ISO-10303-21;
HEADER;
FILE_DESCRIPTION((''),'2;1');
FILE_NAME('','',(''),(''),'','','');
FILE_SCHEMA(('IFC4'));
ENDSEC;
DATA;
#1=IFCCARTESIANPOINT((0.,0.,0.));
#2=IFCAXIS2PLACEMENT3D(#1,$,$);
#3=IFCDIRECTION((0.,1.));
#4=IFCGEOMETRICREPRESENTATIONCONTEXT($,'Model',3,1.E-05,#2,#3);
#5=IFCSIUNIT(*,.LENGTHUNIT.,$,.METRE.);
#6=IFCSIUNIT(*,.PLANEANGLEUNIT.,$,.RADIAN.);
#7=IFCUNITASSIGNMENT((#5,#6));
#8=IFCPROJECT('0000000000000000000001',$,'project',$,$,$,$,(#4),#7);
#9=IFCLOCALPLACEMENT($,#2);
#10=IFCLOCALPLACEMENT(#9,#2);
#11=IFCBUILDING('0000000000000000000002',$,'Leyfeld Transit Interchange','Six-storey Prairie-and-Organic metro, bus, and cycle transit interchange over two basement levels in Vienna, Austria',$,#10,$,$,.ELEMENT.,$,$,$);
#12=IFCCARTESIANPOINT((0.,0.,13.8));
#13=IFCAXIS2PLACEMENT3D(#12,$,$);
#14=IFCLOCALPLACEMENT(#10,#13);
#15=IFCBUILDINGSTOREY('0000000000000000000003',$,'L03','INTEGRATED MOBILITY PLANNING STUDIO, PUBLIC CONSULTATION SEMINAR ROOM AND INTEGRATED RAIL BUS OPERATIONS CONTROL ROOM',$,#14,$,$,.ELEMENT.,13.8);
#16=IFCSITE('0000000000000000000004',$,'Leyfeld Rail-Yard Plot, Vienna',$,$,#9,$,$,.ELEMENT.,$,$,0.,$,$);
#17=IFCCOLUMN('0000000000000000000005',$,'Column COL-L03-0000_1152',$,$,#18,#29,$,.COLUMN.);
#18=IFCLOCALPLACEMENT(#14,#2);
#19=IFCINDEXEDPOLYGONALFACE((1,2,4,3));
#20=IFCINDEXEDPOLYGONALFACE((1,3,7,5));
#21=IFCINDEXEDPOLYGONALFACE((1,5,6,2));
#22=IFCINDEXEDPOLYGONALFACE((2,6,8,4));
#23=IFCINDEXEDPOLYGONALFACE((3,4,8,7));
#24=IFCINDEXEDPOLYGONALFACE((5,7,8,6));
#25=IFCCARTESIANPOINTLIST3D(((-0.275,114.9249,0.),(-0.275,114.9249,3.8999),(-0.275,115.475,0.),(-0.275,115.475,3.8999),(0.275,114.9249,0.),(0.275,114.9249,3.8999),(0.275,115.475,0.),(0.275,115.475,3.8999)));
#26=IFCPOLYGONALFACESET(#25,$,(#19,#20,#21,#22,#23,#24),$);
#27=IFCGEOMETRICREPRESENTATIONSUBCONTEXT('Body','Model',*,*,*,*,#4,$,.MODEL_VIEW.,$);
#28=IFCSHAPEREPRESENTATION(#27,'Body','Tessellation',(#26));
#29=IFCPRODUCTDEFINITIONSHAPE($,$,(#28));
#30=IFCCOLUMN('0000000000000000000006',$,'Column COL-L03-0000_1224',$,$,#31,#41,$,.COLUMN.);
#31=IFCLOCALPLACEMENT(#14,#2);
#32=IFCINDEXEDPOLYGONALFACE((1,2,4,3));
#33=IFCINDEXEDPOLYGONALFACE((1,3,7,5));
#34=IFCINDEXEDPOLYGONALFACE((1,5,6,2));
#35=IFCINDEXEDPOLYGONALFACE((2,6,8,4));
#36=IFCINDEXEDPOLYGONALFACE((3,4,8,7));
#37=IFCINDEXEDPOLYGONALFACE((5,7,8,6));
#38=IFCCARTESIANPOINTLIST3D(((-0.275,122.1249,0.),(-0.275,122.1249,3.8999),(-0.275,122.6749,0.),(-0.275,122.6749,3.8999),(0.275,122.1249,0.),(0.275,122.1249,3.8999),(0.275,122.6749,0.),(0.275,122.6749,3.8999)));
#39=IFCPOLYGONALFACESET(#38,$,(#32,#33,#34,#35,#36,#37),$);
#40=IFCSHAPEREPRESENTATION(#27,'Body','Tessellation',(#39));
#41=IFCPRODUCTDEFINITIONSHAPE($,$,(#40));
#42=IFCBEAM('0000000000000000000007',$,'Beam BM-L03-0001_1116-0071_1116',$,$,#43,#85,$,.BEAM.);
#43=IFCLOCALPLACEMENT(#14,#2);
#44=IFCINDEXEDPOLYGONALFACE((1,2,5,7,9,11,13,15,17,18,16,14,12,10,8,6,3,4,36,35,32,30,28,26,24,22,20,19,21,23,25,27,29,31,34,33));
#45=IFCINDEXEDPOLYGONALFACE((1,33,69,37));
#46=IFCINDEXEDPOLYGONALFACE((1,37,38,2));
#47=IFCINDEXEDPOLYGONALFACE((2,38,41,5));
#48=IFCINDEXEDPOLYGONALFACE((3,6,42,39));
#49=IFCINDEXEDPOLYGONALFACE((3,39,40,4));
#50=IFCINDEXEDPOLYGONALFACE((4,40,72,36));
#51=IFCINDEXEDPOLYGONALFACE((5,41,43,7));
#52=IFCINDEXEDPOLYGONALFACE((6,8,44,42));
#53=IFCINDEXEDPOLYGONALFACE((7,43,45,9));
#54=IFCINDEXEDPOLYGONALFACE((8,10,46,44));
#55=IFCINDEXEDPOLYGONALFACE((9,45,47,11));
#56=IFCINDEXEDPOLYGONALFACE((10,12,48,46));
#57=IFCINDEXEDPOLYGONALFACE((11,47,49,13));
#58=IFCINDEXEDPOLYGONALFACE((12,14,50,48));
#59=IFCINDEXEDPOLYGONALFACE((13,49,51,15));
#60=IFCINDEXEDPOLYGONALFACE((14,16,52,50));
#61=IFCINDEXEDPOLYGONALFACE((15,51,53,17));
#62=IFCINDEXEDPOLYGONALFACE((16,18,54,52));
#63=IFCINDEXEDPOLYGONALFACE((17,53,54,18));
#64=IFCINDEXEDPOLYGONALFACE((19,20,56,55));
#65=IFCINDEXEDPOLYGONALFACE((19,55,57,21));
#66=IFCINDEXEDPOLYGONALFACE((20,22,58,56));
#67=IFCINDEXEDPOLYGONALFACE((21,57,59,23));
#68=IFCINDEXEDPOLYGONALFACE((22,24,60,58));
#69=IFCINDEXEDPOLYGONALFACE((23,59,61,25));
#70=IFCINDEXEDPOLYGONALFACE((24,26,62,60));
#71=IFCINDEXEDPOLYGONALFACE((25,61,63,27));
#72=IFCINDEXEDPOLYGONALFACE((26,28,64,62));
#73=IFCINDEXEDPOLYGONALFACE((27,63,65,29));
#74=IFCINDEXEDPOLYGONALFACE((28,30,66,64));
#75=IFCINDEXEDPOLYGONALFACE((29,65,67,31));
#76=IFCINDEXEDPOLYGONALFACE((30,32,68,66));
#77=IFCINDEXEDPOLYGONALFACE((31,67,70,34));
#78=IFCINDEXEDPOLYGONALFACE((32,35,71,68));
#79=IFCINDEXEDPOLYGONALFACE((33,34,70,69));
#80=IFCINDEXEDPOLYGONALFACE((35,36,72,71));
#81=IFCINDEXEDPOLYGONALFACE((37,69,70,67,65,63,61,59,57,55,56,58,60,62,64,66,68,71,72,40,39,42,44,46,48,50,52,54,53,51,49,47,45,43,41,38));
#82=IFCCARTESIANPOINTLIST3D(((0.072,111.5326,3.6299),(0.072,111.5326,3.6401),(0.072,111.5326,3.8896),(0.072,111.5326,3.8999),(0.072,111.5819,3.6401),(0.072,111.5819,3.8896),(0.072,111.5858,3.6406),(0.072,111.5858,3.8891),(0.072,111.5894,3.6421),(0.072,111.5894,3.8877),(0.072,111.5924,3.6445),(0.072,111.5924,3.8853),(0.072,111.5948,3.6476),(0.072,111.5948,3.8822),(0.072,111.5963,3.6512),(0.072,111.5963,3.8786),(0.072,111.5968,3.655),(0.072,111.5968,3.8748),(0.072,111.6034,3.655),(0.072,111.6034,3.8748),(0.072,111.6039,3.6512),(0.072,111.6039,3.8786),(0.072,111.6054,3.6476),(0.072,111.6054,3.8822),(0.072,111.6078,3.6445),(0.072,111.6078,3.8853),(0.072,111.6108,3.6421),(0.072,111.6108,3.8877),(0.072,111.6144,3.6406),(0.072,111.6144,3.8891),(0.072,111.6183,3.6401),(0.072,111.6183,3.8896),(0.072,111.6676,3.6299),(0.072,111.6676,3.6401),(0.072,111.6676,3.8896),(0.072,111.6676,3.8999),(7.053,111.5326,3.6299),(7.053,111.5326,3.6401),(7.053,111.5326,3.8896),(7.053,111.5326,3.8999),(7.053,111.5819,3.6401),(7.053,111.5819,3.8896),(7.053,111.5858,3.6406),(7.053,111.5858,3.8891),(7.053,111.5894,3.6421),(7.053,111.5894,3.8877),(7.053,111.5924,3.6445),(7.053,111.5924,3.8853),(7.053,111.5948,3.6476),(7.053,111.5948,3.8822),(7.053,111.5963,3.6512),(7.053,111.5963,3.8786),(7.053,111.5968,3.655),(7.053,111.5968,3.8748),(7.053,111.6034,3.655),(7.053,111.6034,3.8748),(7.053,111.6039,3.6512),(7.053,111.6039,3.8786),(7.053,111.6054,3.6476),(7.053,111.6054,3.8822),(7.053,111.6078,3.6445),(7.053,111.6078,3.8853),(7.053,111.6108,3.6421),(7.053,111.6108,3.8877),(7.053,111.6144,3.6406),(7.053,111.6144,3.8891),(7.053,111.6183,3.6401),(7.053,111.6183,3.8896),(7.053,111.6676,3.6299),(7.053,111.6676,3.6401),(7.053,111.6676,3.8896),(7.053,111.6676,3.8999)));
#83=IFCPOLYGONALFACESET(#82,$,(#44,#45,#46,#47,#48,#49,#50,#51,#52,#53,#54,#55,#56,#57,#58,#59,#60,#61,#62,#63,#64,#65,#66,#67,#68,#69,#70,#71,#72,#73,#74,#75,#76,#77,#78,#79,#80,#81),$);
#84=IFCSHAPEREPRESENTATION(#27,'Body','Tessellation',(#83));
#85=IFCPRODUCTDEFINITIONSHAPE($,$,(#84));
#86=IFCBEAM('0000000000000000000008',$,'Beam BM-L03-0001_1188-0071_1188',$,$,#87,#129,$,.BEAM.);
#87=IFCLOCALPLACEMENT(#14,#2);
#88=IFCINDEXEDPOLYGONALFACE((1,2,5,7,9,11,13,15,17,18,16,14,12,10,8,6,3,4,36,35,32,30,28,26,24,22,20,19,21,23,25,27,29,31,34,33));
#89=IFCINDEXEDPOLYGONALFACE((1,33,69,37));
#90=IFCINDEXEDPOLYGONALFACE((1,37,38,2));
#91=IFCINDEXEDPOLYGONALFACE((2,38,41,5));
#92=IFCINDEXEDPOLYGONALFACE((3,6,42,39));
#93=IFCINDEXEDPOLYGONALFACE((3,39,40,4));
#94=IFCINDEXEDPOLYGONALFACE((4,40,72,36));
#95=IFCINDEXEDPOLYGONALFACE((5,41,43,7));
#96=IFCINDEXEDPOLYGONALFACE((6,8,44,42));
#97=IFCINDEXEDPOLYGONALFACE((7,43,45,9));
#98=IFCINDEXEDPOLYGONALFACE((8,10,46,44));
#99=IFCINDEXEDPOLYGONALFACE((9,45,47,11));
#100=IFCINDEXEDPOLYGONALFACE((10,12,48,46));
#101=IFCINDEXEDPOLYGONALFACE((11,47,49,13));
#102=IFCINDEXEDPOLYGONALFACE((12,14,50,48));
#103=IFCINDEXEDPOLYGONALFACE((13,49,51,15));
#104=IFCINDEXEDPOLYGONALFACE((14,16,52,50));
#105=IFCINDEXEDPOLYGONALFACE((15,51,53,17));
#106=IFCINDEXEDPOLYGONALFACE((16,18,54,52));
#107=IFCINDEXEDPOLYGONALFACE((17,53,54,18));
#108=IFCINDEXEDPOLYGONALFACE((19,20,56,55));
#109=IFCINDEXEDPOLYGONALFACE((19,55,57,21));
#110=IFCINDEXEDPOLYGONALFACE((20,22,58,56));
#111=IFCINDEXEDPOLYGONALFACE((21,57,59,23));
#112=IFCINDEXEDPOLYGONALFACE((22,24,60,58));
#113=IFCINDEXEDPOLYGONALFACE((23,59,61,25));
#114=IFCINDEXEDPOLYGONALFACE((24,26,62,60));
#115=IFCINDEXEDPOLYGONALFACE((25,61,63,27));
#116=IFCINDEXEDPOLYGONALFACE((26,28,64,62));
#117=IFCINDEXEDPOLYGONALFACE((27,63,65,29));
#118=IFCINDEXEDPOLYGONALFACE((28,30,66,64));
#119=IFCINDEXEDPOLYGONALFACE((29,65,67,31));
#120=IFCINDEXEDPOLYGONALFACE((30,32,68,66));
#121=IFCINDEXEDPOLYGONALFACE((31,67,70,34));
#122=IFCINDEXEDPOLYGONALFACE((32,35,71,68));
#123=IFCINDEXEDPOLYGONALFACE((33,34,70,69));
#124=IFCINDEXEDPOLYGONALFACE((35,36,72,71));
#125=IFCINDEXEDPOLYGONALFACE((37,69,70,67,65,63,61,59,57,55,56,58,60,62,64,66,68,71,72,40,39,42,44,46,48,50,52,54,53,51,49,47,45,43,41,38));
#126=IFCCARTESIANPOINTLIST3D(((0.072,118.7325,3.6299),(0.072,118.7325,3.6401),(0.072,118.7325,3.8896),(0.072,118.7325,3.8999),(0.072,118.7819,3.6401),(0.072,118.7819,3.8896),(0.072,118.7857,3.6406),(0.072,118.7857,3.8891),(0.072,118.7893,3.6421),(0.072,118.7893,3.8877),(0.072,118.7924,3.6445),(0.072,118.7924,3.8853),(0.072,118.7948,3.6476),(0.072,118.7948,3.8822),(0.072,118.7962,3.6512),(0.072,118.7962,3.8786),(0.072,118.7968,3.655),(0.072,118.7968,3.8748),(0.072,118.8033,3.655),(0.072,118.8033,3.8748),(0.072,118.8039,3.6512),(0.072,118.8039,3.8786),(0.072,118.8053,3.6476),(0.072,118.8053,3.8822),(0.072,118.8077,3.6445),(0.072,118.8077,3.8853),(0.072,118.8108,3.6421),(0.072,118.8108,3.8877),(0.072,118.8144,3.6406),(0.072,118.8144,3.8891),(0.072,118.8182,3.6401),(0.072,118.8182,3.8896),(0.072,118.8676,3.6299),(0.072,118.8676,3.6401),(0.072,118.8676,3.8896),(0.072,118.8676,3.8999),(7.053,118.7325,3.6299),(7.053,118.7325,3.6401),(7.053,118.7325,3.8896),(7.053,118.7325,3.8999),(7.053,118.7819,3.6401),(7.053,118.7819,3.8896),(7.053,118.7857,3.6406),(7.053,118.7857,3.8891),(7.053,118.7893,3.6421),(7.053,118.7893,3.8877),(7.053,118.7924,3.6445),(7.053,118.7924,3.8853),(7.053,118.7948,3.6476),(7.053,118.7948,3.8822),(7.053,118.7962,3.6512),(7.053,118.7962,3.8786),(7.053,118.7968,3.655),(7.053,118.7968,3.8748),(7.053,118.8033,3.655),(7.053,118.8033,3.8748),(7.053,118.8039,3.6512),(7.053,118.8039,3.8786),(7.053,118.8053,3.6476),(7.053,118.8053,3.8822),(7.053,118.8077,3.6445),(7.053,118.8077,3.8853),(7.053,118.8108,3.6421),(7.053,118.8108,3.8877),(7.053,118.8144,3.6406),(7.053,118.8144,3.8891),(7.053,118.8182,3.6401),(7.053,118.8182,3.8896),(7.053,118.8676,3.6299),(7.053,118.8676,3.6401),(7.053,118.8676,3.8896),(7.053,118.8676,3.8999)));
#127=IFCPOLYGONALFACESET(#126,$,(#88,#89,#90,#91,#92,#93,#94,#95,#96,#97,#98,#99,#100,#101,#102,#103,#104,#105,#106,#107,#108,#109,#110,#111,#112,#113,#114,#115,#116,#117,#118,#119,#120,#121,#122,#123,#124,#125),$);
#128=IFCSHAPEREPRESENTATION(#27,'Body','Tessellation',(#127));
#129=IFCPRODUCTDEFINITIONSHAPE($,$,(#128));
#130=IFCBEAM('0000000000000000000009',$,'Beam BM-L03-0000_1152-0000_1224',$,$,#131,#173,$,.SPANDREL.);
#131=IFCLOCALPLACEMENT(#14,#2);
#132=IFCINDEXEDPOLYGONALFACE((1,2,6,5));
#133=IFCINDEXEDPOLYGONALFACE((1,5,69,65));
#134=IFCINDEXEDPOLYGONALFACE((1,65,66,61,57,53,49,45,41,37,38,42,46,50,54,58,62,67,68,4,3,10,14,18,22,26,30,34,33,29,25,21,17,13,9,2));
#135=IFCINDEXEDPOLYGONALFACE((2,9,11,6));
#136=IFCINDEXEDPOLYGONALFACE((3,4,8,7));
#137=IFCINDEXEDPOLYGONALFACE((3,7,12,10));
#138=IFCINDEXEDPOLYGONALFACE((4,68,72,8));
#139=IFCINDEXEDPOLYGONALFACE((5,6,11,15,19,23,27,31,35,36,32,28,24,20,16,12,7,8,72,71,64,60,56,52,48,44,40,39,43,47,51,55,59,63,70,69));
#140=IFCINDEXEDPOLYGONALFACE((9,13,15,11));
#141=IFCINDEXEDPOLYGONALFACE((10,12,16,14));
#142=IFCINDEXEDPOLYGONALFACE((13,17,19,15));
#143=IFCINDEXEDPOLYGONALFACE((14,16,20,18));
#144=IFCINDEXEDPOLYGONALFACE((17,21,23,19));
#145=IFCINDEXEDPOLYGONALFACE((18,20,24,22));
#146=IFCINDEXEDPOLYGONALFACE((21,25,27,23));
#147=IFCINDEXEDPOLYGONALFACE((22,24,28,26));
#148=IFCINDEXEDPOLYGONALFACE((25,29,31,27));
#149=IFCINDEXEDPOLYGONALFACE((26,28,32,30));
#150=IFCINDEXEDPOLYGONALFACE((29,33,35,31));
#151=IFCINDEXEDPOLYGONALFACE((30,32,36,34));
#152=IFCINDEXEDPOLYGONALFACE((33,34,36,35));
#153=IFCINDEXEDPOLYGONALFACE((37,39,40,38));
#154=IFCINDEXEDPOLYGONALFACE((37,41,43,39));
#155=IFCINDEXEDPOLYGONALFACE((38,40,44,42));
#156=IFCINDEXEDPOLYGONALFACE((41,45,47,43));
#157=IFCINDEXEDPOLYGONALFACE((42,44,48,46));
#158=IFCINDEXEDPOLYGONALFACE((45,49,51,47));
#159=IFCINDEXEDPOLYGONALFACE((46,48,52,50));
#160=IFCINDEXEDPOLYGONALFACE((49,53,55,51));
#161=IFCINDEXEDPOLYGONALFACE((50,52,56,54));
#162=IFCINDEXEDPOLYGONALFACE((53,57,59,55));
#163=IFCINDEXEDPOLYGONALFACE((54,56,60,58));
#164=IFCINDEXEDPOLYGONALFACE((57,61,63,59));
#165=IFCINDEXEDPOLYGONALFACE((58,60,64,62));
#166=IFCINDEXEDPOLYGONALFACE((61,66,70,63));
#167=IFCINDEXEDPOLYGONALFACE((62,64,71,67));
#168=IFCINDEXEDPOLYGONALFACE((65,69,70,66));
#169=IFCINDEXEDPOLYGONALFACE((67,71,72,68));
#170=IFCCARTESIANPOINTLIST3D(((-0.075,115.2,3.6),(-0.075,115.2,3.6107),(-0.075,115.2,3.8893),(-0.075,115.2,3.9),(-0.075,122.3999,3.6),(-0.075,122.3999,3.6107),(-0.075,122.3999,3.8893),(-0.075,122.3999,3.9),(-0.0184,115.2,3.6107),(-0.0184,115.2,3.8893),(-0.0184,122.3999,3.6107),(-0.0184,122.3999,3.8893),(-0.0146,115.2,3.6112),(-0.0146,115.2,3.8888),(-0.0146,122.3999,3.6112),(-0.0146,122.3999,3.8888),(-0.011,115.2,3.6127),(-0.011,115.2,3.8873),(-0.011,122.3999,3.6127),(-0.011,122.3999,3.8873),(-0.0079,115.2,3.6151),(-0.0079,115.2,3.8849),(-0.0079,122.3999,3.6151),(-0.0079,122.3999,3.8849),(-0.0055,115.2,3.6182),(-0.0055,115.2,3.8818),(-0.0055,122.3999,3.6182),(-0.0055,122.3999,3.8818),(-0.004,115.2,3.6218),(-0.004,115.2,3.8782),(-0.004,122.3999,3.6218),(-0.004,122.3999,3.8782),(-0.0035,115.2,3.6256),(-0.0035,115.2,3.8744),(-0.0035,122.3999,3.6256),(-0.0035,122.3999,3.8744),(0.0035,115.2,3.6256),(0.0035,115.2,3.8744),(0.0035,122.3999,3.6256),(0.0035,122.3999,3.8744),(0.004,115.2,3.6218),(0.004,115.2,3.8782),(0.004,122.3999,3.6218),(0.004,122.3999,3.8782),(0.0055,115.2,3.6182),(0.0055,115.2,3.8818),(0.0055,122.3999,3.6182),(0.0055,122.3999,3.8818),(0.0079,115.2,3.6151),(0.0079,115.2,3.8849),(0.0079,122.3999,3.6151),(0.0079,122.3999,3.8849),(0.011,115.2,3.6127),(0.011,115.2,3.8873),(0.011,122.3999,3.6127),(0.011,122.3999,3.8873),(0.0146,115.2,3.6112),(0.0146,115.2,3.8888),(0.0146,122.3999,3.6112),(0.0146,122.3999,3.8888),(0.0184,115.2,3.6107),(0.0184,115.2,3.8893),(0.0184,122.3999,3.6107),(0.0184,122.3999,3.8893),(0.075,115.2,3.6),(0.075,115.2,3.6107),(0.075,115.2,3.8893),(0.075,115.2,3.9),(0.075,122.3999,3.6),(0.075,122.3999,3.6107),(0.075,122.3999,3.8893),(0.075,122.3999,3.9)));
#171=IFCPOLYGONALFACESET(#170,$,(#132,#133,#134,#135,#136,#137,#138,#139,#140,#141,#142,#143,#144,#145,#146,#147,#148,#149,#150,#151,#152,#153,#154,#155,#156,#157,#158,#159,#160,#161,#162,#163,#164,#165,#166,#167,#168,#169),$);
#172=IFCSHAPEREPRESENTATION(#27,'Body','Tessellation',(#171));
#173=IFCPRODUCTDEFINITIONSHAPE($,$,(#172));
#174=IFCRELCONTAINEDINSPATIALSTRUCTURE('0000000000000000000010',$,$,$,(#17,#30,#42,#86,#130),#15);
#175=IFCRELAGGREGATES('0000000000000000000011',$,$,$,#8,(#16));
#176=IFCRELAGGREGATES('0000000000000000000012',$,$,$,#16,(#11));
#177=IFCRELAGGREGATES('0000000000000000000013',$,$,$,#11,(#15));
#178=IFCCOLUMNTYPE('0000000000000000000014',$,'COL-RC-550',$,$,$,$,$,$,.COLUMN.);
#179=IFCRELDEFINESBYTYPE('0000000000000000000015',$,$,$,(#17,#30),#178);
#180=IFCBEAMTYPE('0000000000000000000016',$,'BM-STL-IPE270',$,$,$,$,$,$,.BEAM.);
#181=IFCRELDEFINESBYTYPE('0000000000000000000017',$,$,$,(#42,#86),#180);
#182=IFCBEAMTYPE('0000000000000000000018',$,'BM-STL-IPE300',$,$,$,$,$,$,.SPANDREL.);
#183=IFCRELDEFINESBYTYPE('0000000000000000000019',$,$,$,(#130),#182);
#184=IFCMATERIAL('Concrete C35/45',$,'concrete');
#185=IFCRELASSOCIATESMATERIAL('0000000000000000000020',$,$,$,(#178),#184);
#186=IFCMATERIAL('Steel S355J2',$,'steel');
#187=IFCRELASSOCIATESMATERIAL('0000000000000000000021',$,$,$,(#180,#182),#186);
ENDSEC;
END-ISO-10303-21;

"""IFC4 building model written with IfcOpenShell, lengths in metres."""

from ifc_helpers import new_model, si_unit, direction, frame, origin, origin_2d, place, context, subcontext, project, spatial, rectangle, i_section, extrude, material, material_profile, profile_set, type_object, element, save


model = new_model("IFC4")

# Units and contexts
model_context = context("Model", 3, precision=1e-05, world=origin(), true_north=direction((0.0, 1.0)))
body_context = subcontext(model_context, "Body", "Model", "MODEL_VIEW")
ifc_project = project(units=[si_unit("LENGTHUNIT", "METRE"), si_unit("PLANEANGLEUNIT", "RADIAN")], contexts=[model_context])

# Site, building, storey
site_placement = place(None, origin())
site = spatial("IfcSite", under=ifc_project, at=site_placement, Name="Leyfeld Rail-Yard Plot, Vienna", CompositionType="ELEMENT", RefElevation=0.0)
building_placement = place(site_placement, origin())
building = spatial("IfcBuilding", under=site, at=building_placement, Name="Leyfeld Transit Interchange", Description="Six-storey Prairie-and-Organic metro, bus, and cycle transit interchange over two basement levels in Vienna, Austria", CompositionType="ELEMENT")
storey_placement = place(building_placement, frame((0.0, 0.0, 13.8)))
storey = spatial("IfcBuildingStorey", under=building, at=storey_placement, Name="L03", Description="INTEGRATED MOBILITY PLANNING STUDIO, PUBLIC CONSULTATION SEMINAR ROOM AND INTEGRATED RAIL BUS OPERATIONS CONTROL ROOM", CompositionType="ELEMENT", Elevation=13.8)

# Columns
ifc_material_1 = material(Name="Concrete C35/45", Category="concrete")
ifc_material_profile_1 = material_profile(ifc_material_1, rectangle(XDim=0.55, YDim=0.55, at=origin_2d()), Name="RC 550x550")
ifc_profile_set_1 = profile_set([ifc_material_profile_1], Name="Concrete C35/45")
column_type = type_object("IfcColumnType", Name="COL-RC-550", PredefinedType="COLUMN", material=ifc_profile_set_1)
for number, where, z_axis, x_axis, name in (
    (1, (0.0, 115.2, 0.0), (0.0, 0.0, 1.0), (1.0, 0.0, 0.0), "Column COL-L03-0000_1152"),
    (2, (0.0, 122.3999, 0.0), (0.0, 0.0, 1.0), (1.0, 0.0, 0.0), "Column COL-L03-0000_1224"),
):
    element("IfcColumn", number, at=place(storey_placement, frame(where, z_axis=z_axis, x_axis=x_axis)), inside=storey, type_object=column_type, Name=name, PredefinedType="COLUMN", context=body_context, shape_type="SweptSolid", body=[
        extrude(rectangle(XDim=0.55, YDim=0.55, at=origin_2d()), origin(), (0.0, 0.0, 1.0), 3.8999),
    ])

# Beams
ifc_material_2 = material(Name="Steel S355J2", Category="steel")
ifc_material_profile_2 = material_profile(ifc_material_2, i_section(OverallWidth=0.135, OverallDepth=0.27, WebThickness=0.0066, FlangeThickness=0.0103, FilletRadius=0.0149, at=origin_2d()), Name="IPE 270")
ifc_profile_set_2 = profile_set([ifc_material_profile_2], Name="Steel S355J2")
beam_type_1 = type_object("IfcBeamType", Name="BM-STL-IPE270", PredefinedType="BEAM", material=ifc_profile_set_2)
for number, where, z_axis, x_axis, name in (
    (3, (0.072, 111.6001, 3.7649), (1.0, 0.0, 0.0), (0.0, 1.0, 0.0), "Beam BM-L03-0001_1116-0071_1116"),
    (4, (0.072, 118.8, 3.7649), (1.0, 0.0, 0.0), (0.0, 1.0, 0.0), "Beam BM-L03-0001_1188-0071_1188"),
):
    element("IfcBeam", number, at=place(storey_placement, frame(where, z_axis=z_axis, x_axis=x_axis)), inside=storey, type_object=beam_type_1, Name=name, PredefinedType="BEAM", context=body_context, shape_type="SweptSolid", body=[
        extrude(i_section(OverallWidth=0.135, OverallDepth=0.27, WebThickness=0.0066, FlangeThickness=0.0103, FilletRadius=0.0149, at=origin_2d()), origin(), (0.0, 0.0, 1.0), 6.981),
    ])
ifc_material_profile_3 = material_profile(ifc_material_2, i_section(OverallWidth=0.1499, OverallDepth=0.3, WebThickness=0.0071, FlangeThickness=0.0107, FilletRadius=0.0149, at=origin_2d()), Name="IPE 300")
ifc_profile_set_3 = profile_set([ifc_material_profile_3], Name="Steel S355J2")
beam_type_2 = type_object("IfcBeamType", Name="BM-STL-IPE300", PredefinedType="SPANDREL", material=ifc_profile_set_3)
for number, where, z_axis, x_axis, name in (
    (5, (0.0, 115.2, 3.75), (0.0, 1.0, 0.0), (-1.0, 0.0, 0.0), "Beam BM-L03-0000_1152-0000_1224"),
):
    element("IfcBeam", number, at=place(storey_placement, frame(where, z_axis=z_axis, x_axis=x_axis)), inside=storey, type_object=beam_type_2, Name=name, PredefinedType="SPANDREL", context=body_context, shape_type="SweptSolid", body=[
        extrude(i_section(OverallWidth=0.1499, OverallDepth=0.3, WebThickness=0.0071, FlangeThickness=0.0107, FilletRadius=0.0149, at=origin_2d()), origin(), (0.0, 0.0, 1.0), 7.2),
    ])

save(model, "model.ifc")
